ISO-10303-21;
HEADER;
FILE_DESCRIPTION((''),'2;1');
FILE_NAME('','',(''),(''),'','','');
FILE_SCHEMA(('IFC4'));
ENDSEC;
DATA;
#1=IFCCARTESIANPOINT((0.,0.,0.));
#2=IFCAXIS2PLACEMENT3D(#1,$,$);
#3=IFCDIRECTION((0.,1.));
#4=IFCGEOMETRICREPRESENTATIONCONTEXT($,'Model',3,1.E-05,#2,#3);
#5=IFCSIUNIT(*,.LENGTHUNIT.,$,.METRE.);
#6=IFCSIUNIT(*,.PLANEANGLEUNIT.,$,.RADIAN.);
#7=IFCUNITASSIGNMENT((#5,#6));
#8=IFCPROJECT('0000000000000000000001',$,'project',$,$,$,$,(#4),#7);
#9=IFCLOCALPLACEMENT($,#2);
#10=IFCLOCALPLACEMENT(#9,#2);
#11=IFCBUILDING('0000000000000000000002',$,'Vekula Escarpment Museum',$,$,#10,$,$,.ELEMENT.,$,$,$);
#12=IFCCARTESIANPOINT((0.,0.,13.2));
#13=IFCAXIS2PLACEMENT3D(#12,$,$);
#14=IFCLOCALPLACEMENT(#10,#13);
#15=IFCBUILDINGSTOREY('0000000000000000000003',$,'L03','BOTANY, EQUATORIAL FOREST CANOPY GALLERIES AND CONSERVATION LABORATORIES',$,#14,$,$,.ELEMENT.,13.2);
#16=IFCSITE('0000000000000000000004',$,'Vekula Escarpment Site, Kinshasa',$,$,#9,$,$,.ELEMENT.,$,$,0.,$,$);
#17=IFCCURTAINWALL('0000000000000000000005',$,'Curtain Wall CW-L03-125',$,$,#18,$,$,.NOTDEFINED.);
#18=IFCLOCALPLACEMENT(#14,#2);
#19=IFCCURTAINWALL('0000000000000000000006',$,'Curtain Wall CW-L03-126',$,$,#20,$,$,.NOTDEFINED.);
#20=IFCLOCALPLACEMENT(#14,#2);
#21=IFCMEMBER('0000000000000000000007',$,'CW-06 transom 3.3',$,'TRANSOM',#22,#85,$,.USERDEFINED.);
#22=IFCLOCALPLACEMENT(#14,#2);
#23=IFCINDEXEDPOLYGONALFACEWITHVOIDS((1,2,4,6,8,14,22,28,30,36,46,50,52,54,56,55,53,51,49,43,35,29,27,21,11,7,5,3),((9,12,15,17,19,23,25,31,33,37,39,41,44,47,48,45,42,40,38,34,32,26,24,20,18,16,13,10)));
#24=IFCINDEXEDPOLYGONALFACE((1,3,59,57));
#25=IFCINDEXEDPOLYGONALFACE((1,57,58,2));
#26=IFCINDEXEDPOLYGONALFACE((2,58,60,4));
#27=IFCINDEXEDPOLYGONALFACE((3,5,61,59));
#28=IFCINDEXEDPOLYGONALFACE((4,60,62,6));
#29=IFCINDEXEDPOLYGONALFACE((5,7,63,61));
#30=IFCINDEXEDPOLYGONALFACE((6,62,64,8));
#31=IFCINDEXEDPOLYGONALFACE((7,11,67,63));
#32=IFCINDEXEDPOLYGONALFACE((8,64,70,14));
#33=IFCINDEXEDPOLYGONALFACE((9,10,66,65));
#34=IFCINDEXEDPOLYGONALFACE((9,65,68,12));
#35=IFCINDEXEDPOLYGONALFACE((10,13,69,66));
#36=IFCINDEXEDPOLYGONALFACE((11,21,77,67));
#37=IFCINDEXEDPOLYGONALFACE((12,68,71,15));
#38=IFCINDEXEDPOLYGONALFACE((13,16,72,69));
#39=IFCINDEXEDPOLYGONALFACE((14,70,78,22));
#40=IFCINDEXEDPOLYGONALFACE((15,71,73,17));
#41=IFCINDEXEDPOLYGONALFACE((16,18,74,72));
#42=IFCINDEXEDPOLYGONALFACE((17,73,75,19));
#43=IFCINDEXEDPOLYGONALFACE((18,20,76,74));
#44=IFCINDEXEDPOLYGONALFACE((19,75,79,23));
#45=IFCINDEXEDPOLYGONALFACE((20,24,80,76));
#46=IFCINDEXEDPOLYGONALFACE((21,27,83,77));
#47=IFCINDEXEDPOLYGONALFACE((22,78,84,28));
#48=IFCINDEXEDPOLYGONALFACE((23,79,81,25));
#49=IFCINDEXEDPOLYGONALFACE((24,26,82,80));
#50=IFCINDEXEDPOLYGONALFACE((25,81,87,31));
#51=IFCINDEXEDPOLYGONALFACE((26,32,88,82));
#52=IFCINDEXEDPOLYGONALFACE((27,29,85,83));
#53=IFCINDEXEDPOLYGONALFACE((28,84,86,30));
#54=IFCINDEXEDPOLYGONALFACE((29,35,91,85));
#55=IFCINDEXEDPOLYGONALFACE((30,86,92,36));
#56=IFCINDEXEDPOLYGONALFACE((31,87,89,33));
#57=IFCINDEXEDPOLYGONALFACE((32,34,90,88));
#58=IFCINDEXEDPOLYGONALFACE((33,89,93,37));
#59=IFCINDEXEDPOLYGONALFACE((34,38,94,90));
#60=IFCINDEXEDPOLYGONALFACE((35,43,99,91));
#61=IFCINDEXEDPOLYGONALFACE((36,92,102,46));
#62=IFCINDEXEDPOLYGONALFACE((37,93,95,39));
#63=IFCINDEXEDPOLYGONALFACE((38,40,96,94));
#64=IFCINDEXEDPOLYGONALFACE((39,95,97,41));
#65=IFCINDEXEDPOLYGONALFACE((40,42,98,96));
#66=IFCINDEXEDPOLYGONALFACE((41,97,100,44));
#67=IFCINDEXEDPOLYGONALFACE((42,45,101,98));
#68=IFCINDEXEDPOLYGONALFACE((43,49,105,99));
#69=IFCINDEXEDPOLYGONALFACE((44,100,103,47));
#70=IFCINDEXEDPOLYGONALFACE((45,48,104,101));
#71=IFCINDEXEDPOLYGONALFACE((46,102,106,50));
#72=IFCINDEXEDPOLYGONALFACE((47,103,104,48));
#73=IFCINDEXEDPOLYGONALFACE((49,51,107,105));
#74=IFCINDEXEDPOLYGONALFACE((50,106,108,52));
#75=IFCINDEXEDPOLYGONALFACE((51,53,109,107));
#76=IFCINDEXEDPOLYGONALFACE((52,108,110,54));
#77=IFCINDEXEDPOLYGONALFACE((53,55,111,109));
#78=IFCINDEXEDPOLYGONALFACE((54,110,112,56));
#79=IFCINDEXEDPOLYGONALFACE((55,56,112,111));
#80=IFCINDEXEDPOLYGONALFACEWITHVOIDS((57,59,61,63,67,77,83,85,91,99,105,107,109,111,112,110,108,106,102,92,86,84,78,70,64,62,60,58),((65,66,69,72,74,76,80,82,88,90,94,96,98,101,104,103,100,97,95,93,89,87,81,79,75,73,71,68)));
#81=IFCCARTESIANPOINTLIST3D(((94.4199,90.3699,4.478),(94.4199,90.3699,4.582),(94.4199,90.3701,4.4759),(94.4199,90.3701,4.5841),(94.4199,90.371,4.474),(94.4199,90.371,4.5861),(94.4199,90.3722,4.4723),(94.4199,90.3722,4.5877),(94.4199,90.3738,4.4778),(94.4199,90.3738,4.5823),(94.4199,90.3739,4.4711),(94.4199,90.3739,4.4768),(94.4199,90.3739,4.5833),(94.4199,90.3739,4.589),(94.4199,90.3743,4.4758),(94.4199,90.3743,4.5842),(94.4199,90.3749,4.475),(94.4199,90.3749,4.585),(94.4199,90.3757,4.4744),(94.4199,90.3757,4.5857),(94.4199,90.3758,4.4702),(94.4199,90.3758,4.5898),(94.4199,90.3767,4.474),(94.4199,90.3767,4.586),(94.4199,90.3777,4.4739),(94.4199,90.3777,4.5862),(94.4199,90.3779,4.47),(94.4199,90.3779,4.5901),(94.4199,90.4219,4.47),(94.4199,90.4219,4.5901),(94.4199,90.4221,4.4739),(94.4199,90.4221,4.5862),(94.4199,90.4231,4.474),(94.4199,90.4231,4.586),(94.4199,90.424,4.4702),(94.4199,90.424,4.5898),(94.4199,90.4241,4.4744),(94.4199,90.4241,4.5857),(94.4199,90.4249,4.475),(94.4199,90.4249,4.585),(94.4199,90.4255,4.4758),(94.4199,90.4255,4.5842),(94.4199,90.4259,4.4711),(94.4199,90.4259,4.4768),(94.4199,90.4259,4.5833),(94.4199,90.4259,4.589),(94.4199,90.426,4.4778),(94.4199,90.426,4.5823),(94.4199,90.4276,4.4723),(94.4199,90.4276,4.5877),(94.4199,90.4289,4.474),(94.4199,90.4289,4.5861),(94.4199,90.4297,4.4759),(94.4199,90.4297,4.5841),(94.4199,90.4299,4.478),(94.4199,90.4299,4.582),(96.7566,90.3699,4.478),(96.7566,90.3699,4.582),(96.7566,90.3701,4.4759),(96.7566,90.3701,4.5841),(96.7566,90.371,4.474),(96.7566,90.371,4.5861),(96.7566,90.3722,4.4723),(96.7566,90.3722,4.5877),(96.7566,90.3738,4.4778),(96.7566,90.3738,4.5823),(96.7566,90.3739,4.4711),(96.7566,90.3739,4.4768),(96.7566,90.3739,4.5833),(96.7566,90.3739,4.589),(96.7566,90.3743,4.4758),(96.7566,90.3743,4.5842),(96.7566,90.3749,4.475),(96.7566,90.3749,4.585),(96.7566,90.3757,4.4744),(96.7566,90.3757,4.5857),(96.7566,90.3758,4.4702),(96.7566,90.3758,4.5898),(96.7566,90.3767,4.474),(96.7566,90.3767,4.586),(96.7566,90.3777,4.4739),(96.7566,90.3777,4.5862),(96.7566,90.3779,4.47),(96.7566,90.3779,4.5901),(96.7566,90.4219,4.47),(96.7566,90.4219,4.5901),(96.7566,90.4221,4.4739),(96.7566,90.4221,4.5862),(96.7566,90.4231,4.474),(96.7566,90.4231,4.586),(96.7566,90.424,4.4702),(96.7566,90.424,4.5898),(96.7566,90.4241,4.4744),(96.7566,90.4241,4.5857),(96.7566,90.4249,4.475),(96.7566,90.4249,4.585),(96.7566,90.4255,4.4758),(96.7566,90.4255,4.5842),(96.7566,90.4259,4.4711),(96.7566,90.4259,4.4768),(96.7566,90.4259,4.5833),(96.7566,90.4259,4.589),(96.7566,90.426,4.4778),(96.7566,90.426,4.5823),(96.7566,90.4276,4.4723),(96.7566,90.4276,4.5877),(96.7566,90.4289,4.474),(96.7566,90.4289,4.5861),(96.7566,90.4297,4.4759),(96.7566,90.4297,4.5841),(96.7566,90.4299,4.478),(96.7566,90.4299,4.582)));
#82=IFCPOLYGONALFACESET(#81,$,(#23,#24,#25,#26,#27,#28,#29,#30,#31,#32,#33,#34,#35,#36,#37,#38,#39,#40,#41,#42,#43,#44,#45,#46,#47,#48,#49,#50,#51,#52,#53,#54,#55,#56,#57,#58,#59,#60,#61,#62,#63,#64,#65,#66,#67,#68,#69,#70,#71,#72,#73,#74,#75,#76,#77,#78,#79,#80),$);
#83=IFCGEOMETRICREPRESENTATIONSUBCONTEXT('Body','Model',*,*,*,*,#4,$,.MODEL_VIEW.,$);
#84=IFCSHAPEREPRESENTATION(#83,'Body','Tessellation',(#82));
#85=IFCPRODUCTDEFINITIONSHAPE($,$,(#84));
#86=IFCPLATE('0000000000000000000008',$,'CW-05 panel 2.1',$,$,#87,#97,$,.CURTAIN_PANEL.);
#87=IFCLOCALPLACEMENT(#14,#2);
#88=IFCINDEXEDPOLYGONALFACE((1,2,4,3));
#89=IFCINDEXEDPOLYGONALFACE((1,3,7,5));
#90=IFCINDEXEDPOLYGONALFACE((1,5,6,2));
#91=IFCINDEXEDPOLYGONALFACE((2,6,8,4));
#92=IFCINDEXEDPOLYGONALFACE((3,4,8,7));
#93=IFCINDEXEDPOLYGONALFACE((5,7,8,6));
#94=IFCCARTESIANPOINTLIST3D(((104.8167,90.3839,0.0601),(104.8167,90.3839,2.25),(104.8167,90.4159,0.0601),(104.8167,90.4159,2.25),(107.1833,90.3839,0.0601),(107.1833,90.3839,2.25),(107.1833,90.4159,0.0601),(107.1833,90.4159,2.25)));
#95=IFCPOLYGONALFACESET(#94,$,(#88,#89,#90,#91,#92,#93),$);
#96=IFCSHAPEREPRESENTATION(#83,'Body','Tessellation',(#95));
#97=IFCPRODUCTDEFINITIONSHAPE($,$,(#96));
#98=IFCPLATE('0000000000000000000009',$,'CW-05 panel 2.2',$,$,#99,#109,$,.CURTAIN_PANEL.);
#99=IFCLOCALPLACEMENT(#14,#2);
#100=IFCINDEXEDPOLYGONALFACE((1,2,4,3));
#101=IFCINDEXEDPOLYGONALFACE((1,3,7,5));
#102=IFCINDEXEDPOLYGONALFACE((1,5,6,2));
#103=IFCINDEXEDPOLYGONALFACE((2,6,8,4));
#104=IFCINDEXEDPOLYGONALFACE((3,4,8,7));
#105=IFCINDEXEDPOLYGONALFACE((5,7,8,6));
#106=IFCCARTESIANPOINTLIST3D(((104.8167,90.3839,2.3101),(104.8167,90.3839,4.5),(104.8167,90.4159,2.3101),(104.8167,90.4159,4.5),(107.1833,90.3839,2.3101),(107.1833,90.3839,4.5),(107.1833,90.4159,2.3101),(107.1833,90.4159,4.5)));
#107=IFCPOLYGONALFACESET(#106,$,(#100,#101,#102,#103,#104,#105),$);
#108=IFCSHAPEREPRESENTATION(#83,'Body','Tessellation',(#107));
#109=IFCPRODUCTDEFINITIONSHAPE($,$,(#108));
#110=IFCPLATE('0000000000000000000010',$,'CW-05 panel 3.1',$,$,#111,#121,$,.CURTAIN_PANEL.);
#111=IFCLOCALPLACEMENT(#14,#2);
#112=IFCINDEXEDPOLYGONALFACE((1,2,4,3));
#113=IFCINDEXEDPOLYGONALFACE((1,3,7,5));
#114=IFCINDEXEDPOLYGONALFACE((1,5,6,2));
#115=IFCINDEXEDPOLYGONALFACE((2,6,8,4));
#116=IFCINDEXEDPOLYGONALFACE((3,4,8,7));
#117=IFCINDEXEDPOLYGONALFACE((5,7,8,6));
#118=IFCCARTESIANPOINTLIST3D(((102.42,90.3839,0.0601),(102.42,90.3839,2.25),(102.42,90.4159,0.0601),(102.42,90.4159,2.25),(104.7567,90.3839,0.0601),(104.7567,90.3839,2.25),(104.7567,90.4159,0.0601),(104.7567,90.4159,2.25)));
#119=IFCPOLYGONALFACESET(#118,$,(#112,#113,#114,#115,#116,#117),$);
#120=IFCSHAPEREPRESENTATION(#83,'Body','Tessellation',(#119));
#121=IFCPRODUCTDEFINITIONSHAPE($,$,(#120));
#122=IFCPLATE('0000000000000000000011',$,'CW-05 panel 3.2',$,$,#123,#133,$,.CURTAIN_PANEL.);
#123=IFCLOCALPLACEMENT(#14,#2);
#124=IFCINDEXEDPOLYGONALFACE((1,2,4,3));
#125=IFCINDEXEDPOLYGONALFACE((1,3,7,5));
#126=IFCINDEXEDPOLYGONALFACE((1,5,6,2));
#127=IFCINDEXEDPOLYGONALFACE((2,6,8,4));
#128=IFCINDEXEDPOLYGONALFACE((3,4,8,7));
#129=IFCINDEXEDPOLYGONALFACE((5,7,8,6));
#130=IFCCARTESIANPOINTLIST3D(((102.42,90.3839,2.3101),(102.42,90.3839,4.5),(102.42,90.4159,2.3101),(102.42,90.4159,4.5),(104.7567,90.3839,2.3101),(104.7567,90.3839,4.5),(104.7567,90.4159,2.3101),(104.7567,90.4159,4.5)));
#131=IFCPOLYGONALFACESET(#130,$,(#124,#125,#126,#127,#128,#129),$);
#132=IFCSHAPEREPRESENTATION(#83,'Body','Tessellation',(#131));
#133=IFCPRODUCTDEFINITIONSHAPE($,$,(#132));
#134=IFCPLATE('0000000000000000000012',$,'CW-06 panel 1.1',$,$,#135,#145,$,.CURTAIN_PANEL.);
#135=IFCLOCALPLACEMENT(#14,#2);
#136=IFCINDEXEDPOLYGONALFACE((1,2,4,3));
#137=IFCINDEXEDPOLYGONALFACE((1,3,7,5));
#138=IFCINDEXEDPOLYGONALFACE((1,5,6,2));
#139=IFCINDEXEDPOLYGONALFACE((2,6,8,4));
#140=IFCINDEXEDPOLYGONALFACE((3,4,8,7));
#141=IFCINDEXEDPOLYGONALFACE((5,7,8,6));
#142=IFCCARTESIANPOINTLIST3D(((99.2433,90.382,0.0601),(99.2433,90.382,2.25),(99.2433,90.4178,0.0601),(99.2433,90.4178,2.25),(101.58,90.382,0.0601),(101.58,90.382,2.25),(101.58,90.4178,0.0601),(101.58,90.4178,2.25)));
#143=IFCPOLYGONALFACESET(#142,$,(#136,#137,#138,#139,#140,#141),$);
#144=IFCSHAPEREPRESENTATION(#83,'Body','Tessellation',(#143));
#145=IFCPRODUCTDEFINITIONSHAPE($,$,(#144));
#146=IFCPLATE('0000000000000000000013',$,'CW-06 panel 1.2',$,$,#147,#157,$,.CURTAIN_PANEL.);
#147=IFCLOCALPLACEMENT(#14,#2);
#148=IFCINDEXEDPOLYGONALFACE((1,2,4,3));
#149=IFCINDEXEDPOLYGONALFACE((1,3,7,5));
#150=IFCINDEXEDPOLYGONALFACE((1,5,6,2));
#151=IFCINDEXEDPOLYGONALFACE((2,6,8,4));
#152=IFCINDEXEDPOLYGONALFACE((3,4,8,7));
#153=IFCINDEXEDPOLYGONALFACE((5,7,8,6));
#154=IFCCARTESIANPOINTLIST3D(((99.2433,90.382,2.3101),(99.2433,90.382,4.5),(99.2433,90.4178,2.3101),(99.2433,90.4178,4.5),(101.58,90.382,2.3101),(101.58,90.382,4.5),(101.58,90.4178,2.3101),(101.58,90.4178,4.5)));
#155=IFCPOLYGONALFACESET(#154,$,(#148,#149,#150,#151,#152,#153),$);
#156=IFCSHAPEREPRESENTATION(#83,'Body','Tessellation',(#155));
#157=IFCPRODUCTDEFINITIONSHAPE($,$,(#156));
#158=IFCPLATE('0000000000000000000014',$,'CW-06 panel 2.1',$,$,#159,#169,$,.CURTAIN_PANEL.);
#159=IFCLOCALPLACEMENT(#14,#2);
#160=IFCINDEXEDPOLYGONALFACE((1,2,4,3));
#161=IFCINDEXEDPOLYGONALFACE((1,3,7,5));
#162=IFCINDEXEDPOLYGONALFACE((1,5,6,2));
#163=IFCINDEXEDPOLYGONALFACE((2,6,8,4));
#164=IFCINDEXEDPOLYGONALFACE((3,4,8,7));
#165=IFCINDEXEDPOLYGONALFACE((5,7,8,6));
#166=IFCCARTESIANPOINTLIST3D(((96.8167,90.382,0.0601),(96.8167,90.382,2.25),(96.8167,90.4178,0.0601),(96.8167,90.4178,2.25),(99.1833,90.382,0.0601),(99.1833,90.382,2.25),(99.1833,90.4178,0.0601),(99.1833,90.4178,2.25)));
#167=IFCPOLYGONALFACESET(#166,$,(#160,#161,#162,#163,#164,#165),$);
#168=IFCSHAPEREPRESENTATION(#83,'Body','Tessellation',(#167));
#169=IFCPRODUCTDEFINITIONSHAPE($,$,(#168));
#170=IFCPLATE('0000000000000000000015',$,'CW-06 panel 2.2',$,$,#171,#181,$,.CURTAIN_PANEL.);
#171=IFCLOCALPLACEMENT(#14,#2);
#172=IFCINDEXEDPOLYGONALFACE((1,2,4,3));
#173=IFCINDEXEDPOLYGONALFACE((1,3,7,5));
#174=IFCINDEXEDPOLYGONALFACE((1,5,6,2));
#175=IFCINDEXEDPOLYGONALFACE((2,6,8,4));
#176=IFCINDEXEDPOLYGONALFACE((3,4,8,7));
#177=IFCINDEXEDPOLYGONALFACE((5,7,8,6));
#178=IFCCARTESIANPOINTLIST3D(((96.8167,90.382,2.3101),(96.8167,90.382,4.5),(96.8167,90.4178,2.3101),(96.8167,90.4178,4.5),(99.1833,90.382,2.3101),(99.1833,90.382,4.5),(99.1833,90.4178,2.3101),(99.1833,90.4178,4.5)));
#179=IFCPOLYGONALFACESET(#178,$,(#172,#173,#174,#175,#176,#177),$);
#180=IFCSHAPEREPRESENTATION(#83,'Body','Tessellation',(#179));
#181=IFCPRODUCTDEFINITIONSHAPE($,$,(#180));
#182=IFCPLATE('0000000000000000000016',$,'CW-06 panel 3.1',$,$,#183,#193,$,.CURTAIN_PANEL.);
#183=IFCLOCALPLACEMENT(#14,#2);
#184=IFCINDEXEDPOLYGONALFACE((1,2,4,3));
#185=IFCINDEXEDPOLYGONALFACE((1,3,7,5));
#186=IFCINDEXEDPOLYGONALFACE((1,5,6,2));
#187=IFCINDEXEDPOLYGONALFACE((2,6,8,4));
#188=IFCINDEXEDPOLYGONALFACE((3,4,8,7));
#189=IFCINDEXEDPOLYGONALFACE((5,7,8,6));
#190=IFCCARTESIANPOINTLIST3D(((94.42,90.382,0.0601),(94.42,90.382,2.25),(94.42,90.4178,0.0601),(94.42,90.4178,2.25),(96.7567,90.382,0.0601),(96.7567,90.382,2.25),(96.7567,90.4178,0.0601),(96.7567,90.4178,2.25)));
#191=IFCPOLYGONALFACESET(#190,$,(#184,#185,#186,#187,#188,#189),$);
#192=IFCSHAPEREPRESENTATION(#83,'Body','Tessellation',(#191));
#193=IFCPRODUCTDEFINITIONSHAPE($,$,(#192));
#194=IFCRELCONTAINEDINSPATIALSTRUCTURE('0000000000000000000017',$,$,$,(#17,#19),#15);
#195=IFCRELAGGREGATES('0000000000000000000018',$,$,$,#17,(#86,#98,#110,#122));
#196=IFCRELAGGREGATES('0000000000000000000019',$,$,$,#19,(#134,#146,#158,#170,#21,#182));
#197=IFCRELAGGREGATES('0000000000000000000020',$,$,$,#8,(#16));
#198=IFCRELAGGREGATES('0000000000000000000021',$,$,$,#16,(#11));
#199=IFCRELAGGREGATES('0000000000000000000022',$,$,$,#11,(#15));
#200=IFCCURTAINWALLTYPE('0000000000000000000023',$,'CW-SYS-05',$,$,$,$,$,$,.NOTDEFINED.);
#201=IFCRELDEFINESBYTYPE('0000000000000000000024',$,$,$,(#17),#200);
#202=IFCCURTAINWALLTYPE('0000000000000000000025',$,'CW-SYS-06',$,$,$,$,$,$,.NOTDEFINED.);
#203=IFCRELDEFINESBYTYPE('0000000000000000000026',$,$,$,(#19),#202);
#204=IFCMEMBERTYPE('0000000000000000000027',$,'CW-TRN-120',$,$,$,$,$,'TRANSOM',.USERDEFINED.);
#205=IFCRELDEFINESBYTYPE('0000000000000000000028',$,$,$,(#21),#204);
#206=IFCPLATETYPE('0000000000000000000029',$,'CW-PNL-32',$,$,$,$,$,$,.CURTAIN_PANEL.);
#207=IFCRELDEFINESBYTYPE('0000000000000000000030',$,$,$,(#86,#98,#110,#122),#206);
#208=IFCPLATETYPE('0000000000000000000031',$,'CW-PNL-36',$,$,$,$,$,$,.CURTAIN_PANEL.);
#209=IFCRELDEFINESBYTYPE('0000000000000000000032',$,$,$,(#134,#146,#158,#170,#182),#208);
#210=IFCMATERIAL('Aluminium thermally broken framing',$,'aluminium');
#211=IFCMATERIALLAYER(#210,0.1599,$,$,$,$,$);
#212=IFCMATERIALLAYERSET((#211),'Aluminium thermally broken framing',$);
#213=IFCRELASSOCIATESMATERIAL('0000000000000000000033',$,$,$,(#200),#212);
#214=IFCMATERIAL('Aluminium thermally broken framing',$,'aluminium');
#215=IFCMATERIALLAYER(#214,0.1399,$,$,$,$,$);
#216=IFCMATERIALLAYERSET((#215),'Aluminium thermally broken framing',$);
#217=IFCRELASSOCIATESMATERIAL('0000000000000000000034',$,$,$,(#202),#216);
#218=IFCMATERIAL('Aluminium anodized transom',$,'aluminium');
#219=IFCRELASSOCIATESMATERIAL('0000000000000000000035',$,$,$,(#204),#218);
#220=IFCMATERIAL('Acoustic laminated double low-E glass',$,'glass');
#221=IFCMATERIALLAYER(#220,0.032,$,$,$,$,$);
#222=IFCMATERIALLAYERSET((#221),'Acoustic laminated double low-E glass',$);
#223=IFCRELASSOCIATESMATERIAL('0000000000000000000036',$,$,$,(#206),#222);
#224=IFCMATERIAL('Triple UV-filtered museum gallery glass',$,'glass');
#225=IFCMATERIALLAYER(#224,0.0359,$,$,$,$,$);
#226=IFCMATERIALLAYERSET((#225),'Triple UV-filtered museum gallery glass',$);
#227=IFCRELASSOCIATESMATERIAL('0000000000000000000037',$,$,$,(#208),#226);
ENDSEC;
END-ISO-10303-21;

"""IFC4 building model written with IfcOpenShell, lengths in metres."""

from ifc_helpers import new_model, si_unit, direction, frame, origin, origin_2d, place, context, subcontext, project, spatial, rectangle, hollow_rectangle, extrude, material, layer, layer_set, material_profile, profile_set, type_object, element, aggregate, save


model = new_model("IFC4")

# Units and contexts
model_context = context("Model", 3, precision=1e-05, world=origin(), true_north=direction((0.0, 1.0)))
body_context = subcontext(model_context, "Body", "Model", "MODEL_VIEW")
ifc_project = project(units=[si_unit("LENGTHUNIT", "METRE"), si_unit("PLANEANGLEUNIT", "RADIAN")], contexts=[model_context])

# Site, building, storey
site_placement = place(None, origin())
site = spatial("IfcSite", under=ifc_project, at=site_placement, Name="Vekula Escarpment Site, Kinshasa", CompositionType="ELEMENT", RefElevation=0.0)
building_placement = place(site_placement, origin())
building = spatial("IfcBuilding", under=site, at=building_placement, Name="Vekula Escarpment Museum", CompositionType="ELEMENT")
storey_placement = place(building_placement, frame((0.0, 0.0, 13.2)))
storey = spatial("IfcBuildingStorey", under=building, at=storey_placement, Name="L03", Description="BOTANY, EQUATORIAL FOREST CANOPY GALLERIES AND CONSERVATION LABORATORIES", CompositionType="ELEMENT", Elevation=13.2)

# Curtain walls
ifc_material_1 = material(Name="Aluminium thermally broken framing", Category="aluminium")
ifc_layer_1 = layer(ifc_material_1, 0.1599)
ifc_layer_set_1 = layer_set([ifc_layer_1], Name="Aluminium thermally broken framing")
curtain_wall_type_1 = type_object("IfcCurtainWallType", Name="CW-SYS-05", PredefinedType="NOTDEFINED", material=ifc_layer_set_1)
curtain_wall_1_placement = place(storey_placement, origin())
curtain_wall_1 = element("IfcCurtainWall", 1, at=curtain_wall_1_placement, inside=storey, type_object=curtain_wall_type_1, Name="Curtain Wall CW-L03-125", PredefinedType="NOTDEFINED")
ifc_material_2 = material(Name="Aluminium thermally broken framing", Category="aluminium")
ifc_layer_2 = layer(ifc_material_2, 0.1399)
ifc_layer_set_2 = layer_set([ifc_layer_2], Name="Aluminium thermally broken framing")
curtain_wall_type_2 = type_object("IfcCurtainWallType", Name="CW-SYS-06", PredefinedType="NOTDEFINED", material=ifc_layer_set_2)
curtain_wall_2_placement = place(storey_placement, origin())
curtain_wall_2 = element("IfcCurtainWall", 2, at=curtain_wall_2_placement, inside=storey, type_object=curtain_wall_type_2, Name="Curtain Wall CW-L03-126", PredefinedType="NOTDEFINED")

# Member
ifc_material_3 = material(Name="Aluminium anodized transom", Category="aluminium")
ifc_material_profile_1 = material_profile(ifc_material_3, hollow_rectangle(XDim=0.0601, YDim=0.1201, WallThickness=0.0039, InnerFilletRadius=0.0039, OuterFilletRadius=0.0081, at=origin_2d()), Name="ALU 120x60x4")
ifc_profile_set_1 = profile_set([ifc_material_profile_1], Name="Aluminium anodized transom")
member_type_1 = type_object("IfcMemberType", Name="CW-TRN-120", ElementType="TRANSOM", PredefinedType="USERDEFINED", material=ifc_profile_set_1)
member_1_placement = place(storey_placement, frame((96.7566, 90.3999, 4.53), z_axis=(-1.0, 0.0, 0.0), x_axis=(0.0, -1.0, 0.0)))
member_1 = element("IfcMember", 3, at=member_1_placement, type_object=member_type_1, Name="CW-06 transom 3.3", ObjectType="TRANSOM", PredefinedType="USERDEFINED", context=body_context, shape_type="SweptSolid", body=[
    extrude(hollow_rectangle(XDim=0.0601, YDim=0.1201, WallThickness=0.0039, InnerFilletRadius=0.0039, OuterFilletRadius=0.0081, at=origin_2d()), origin(), (0.0, 0.0, 1.0), 2.3367),
])

# Plates
ifc_material_4 = material(Name="Acoustic laminated double low-E glass", Category="glass")
ifc_layer_3 = layer(ifc_material_4, 0.032)
ifc_layer_set_3 = layer_set([ifc_layer_3], Name="Acoustic laminated double low-E glass")
plate_type_1 = type_object("IfcPlateType", Name="CW-PNL-32", PredefinedType="CURTAIN_PANEL", material=ifc_layer_set_3)
plate_1_placement = place(storey_placement, frame((106.0, 90.3999, 0.0601), z_axis=(0.0, 0.0, 1.0), x_axis=(-1.0, 0.0, 0.0)))
plate_1 = element("IfcPlate", 4, at=plate_1_placement, type_object=plate_type_1, Name="CW-05 panel 2.1", PredefinedType="CURTAIN_PANEL", context=body_context, shape_type="SweptSolid", body=[
    extrude(rectangle(XDim=2.3667, YDim=0.032, at=origin_2d()), origin(), (0.0, 0.0, 1.0), 2.1899),
])
plate_2_placement = place(storey_placement, frame((106.0, 90.3999, 2.3101), z_axis=(0.0, 0.0, 1.0), x_axis=(-1.0, 0.0, 0.0)))
plate_2 = element("IfcPlate", 5, at=plate_2_placement, type_object=plate_type_1, Name="CW-05 panel 2.2", PredefinedType="CURTAIN_PANEL", context=body_context, shape_type="SweptSolid", body=[
    extrude(rectangle(XDim=2.3667, YDim=0.032, at=origin_2d()), origin(), (0.0, 0.0, 1.0), 2.1899),
])
plate_3_placement = place(storey_placement, frame((103.5884, 90.3999, 0.0601), z_axis=(0.0, 0.0, 1.0), x_axis=(-1.0, 0.0, 0.0)))
plate_3 = element("IfcPlate", 6, at=plate_3_placement, type_object=plate_type_1, Name="CW-05 panel 3.1", PredefinedType="CURTAIN_PANEL", context=body_context, shape_type="SweptSolid", body=[
    extrude(rectangle(XDim=2.3367, YDim=0.032, at=origin_2d()), origin(), (0.0, 0.0, 1.0), 2.1899),
])
plate_4_placement = place(storey_placement, frame((103.5884, 90.3999, 2.3101), z_axis=(0.0, 0.0, 1.0), x_axis=(-1.0, 0.0, 0.0)))
plate_4 = element("IfcPlate", 7, at=plate_4_placement, type_object=plate_type_1, Name="CW-05 panel 3.2", PredefinedType="CURTAIN_PANEL", context=body_context, shape_type="SweptSolid", body=[
    extrude(rectangle(XDim=2.3367, YDim=0.032, at=origin_2d()), origin(), (0.0, 0.0, 1.0), 2.1899),
])
aggregate(curtain_wall_1, [plate_1, plate_2, plate_3, plate_4])
ifc_material_5 = material(Name="Triple UV-filtered museum gallery glass", Category="glass")
ifc_layer_4 = layer(ifc_material_5, 0.0359)
ifc_layer_set_4 = layer_set([ifc_layer_4], Name="Triple UV-filtered museum gallery glass")
plate_type_2 = type_object("IfcPlateType", Name="CW-PNL-36", PredefinedType="CURTAIN_PANEL", material=ifc_layer_set_4)
plate_5_placement = place(storey_placement, frame((100.4116, 90.3999, 0.0601), z_axis=(0.0, 0.0, 1.0), x_axis=(-1.0, 0.0, 0.0)))
plate_5 = element("IfcPlate", 8, at=plate_5_placement, type_object=plate_type_2, Name="CW-06 panel 1.1", PredefinedType="CURTAIN_PANEL", context=body_context, shape_type="SweptSolid", body=[
    extrude(rectangle(XDim=2.3367, YDim=0.0359, at=origin_2d()), origin(), (0.0, 0.0, 1.0), 2.1899),
])
plate_6_placement = place(storey_placement, frame((100.4116, 90.3999, 2.3101), z_axis=(0.0, 0.0, 1.0), x_axis=(-1.0, 0.0, 0.0)))
plate_6 = element("IfcPlate", 9, at=plate_6_placement, type_object=plate_type_2, Name="CW-06 panel 1.2", PredefinedType="CURTAIN_PANEL", context=body_context, shape_type="SweptSolid", body=[
    extrude(rectangle(XDim=2.3367, YDim=0.0359, at=origin_2d()), origin(), (0.0, 0.0, 1.0), 2.1899),
])
plate_7_placement = place(storey_placement, frame((98.0, 90.3999, 0.0601), z_axis=(0.0, 0.0, 1.0), x_axis=(-1.0, 0.0, 0.0)))
plate_7 = element("IfcPlate", 10, at=plate_7_placement, type_object=plate_type_2, Name="CW-06 panel 2.1", PredefinedType="CURTAIN_PANEL", context=body_context, shape_type="SweptSolid", body=[
    extrude(rectangle(XDim=2.3667, YDim=0.0359, at=origin_2d()), origin(), (0.0, 0.0, 1.0), 2.1899),
])
plate_8_placement = place(storey_placement, frame((98.0, 90.3999, 2.3101), z_axis=(0.0, 0.0, 1.0), x_axis=(-1.0, 0.0, 0.0)))
plate_8 = element("IfcPlate", 11, at=plate_8_placement, type_object=plate_type_2, Name="CW-06 panel 2.2", PredefinedType="CURTAIN_PANEL", context=body_context, shape_type="SweptSolid", body=[
    extrude(rectangle(XDim=2.3667, YDim=0.0359, at=origin_2d()), origin(), (0.0, 0.0, 1.0), 2.1899),
])
plate_9_placement = place(storey_placement, frame((95.5884, 90.3999, 0.0601), z_axis=(0.0, 0.0, 1.0), x_axis=(-1.0, 0.0, 0.0)))
plate_9 = element("IfcPlate", 12, at=plate_9_placement, type_object=plate_type_2, Name="CW-06 panel 3.1", PredefinedType="CURTAIN_PANEL", context=body_context, shape_type="SweptSolid", body=[
    extrude(rectangle(XDim=2.3367, YDim=0.0359, at=origin_2d()), origin(), (0.0, 0.0, 1.0), 2.1899),
])
aggregate(curtain_wall_2, [plate_5, plate_6, plate_7, plate_8, member_1, plate_9])

save(model, "model.ifc")
